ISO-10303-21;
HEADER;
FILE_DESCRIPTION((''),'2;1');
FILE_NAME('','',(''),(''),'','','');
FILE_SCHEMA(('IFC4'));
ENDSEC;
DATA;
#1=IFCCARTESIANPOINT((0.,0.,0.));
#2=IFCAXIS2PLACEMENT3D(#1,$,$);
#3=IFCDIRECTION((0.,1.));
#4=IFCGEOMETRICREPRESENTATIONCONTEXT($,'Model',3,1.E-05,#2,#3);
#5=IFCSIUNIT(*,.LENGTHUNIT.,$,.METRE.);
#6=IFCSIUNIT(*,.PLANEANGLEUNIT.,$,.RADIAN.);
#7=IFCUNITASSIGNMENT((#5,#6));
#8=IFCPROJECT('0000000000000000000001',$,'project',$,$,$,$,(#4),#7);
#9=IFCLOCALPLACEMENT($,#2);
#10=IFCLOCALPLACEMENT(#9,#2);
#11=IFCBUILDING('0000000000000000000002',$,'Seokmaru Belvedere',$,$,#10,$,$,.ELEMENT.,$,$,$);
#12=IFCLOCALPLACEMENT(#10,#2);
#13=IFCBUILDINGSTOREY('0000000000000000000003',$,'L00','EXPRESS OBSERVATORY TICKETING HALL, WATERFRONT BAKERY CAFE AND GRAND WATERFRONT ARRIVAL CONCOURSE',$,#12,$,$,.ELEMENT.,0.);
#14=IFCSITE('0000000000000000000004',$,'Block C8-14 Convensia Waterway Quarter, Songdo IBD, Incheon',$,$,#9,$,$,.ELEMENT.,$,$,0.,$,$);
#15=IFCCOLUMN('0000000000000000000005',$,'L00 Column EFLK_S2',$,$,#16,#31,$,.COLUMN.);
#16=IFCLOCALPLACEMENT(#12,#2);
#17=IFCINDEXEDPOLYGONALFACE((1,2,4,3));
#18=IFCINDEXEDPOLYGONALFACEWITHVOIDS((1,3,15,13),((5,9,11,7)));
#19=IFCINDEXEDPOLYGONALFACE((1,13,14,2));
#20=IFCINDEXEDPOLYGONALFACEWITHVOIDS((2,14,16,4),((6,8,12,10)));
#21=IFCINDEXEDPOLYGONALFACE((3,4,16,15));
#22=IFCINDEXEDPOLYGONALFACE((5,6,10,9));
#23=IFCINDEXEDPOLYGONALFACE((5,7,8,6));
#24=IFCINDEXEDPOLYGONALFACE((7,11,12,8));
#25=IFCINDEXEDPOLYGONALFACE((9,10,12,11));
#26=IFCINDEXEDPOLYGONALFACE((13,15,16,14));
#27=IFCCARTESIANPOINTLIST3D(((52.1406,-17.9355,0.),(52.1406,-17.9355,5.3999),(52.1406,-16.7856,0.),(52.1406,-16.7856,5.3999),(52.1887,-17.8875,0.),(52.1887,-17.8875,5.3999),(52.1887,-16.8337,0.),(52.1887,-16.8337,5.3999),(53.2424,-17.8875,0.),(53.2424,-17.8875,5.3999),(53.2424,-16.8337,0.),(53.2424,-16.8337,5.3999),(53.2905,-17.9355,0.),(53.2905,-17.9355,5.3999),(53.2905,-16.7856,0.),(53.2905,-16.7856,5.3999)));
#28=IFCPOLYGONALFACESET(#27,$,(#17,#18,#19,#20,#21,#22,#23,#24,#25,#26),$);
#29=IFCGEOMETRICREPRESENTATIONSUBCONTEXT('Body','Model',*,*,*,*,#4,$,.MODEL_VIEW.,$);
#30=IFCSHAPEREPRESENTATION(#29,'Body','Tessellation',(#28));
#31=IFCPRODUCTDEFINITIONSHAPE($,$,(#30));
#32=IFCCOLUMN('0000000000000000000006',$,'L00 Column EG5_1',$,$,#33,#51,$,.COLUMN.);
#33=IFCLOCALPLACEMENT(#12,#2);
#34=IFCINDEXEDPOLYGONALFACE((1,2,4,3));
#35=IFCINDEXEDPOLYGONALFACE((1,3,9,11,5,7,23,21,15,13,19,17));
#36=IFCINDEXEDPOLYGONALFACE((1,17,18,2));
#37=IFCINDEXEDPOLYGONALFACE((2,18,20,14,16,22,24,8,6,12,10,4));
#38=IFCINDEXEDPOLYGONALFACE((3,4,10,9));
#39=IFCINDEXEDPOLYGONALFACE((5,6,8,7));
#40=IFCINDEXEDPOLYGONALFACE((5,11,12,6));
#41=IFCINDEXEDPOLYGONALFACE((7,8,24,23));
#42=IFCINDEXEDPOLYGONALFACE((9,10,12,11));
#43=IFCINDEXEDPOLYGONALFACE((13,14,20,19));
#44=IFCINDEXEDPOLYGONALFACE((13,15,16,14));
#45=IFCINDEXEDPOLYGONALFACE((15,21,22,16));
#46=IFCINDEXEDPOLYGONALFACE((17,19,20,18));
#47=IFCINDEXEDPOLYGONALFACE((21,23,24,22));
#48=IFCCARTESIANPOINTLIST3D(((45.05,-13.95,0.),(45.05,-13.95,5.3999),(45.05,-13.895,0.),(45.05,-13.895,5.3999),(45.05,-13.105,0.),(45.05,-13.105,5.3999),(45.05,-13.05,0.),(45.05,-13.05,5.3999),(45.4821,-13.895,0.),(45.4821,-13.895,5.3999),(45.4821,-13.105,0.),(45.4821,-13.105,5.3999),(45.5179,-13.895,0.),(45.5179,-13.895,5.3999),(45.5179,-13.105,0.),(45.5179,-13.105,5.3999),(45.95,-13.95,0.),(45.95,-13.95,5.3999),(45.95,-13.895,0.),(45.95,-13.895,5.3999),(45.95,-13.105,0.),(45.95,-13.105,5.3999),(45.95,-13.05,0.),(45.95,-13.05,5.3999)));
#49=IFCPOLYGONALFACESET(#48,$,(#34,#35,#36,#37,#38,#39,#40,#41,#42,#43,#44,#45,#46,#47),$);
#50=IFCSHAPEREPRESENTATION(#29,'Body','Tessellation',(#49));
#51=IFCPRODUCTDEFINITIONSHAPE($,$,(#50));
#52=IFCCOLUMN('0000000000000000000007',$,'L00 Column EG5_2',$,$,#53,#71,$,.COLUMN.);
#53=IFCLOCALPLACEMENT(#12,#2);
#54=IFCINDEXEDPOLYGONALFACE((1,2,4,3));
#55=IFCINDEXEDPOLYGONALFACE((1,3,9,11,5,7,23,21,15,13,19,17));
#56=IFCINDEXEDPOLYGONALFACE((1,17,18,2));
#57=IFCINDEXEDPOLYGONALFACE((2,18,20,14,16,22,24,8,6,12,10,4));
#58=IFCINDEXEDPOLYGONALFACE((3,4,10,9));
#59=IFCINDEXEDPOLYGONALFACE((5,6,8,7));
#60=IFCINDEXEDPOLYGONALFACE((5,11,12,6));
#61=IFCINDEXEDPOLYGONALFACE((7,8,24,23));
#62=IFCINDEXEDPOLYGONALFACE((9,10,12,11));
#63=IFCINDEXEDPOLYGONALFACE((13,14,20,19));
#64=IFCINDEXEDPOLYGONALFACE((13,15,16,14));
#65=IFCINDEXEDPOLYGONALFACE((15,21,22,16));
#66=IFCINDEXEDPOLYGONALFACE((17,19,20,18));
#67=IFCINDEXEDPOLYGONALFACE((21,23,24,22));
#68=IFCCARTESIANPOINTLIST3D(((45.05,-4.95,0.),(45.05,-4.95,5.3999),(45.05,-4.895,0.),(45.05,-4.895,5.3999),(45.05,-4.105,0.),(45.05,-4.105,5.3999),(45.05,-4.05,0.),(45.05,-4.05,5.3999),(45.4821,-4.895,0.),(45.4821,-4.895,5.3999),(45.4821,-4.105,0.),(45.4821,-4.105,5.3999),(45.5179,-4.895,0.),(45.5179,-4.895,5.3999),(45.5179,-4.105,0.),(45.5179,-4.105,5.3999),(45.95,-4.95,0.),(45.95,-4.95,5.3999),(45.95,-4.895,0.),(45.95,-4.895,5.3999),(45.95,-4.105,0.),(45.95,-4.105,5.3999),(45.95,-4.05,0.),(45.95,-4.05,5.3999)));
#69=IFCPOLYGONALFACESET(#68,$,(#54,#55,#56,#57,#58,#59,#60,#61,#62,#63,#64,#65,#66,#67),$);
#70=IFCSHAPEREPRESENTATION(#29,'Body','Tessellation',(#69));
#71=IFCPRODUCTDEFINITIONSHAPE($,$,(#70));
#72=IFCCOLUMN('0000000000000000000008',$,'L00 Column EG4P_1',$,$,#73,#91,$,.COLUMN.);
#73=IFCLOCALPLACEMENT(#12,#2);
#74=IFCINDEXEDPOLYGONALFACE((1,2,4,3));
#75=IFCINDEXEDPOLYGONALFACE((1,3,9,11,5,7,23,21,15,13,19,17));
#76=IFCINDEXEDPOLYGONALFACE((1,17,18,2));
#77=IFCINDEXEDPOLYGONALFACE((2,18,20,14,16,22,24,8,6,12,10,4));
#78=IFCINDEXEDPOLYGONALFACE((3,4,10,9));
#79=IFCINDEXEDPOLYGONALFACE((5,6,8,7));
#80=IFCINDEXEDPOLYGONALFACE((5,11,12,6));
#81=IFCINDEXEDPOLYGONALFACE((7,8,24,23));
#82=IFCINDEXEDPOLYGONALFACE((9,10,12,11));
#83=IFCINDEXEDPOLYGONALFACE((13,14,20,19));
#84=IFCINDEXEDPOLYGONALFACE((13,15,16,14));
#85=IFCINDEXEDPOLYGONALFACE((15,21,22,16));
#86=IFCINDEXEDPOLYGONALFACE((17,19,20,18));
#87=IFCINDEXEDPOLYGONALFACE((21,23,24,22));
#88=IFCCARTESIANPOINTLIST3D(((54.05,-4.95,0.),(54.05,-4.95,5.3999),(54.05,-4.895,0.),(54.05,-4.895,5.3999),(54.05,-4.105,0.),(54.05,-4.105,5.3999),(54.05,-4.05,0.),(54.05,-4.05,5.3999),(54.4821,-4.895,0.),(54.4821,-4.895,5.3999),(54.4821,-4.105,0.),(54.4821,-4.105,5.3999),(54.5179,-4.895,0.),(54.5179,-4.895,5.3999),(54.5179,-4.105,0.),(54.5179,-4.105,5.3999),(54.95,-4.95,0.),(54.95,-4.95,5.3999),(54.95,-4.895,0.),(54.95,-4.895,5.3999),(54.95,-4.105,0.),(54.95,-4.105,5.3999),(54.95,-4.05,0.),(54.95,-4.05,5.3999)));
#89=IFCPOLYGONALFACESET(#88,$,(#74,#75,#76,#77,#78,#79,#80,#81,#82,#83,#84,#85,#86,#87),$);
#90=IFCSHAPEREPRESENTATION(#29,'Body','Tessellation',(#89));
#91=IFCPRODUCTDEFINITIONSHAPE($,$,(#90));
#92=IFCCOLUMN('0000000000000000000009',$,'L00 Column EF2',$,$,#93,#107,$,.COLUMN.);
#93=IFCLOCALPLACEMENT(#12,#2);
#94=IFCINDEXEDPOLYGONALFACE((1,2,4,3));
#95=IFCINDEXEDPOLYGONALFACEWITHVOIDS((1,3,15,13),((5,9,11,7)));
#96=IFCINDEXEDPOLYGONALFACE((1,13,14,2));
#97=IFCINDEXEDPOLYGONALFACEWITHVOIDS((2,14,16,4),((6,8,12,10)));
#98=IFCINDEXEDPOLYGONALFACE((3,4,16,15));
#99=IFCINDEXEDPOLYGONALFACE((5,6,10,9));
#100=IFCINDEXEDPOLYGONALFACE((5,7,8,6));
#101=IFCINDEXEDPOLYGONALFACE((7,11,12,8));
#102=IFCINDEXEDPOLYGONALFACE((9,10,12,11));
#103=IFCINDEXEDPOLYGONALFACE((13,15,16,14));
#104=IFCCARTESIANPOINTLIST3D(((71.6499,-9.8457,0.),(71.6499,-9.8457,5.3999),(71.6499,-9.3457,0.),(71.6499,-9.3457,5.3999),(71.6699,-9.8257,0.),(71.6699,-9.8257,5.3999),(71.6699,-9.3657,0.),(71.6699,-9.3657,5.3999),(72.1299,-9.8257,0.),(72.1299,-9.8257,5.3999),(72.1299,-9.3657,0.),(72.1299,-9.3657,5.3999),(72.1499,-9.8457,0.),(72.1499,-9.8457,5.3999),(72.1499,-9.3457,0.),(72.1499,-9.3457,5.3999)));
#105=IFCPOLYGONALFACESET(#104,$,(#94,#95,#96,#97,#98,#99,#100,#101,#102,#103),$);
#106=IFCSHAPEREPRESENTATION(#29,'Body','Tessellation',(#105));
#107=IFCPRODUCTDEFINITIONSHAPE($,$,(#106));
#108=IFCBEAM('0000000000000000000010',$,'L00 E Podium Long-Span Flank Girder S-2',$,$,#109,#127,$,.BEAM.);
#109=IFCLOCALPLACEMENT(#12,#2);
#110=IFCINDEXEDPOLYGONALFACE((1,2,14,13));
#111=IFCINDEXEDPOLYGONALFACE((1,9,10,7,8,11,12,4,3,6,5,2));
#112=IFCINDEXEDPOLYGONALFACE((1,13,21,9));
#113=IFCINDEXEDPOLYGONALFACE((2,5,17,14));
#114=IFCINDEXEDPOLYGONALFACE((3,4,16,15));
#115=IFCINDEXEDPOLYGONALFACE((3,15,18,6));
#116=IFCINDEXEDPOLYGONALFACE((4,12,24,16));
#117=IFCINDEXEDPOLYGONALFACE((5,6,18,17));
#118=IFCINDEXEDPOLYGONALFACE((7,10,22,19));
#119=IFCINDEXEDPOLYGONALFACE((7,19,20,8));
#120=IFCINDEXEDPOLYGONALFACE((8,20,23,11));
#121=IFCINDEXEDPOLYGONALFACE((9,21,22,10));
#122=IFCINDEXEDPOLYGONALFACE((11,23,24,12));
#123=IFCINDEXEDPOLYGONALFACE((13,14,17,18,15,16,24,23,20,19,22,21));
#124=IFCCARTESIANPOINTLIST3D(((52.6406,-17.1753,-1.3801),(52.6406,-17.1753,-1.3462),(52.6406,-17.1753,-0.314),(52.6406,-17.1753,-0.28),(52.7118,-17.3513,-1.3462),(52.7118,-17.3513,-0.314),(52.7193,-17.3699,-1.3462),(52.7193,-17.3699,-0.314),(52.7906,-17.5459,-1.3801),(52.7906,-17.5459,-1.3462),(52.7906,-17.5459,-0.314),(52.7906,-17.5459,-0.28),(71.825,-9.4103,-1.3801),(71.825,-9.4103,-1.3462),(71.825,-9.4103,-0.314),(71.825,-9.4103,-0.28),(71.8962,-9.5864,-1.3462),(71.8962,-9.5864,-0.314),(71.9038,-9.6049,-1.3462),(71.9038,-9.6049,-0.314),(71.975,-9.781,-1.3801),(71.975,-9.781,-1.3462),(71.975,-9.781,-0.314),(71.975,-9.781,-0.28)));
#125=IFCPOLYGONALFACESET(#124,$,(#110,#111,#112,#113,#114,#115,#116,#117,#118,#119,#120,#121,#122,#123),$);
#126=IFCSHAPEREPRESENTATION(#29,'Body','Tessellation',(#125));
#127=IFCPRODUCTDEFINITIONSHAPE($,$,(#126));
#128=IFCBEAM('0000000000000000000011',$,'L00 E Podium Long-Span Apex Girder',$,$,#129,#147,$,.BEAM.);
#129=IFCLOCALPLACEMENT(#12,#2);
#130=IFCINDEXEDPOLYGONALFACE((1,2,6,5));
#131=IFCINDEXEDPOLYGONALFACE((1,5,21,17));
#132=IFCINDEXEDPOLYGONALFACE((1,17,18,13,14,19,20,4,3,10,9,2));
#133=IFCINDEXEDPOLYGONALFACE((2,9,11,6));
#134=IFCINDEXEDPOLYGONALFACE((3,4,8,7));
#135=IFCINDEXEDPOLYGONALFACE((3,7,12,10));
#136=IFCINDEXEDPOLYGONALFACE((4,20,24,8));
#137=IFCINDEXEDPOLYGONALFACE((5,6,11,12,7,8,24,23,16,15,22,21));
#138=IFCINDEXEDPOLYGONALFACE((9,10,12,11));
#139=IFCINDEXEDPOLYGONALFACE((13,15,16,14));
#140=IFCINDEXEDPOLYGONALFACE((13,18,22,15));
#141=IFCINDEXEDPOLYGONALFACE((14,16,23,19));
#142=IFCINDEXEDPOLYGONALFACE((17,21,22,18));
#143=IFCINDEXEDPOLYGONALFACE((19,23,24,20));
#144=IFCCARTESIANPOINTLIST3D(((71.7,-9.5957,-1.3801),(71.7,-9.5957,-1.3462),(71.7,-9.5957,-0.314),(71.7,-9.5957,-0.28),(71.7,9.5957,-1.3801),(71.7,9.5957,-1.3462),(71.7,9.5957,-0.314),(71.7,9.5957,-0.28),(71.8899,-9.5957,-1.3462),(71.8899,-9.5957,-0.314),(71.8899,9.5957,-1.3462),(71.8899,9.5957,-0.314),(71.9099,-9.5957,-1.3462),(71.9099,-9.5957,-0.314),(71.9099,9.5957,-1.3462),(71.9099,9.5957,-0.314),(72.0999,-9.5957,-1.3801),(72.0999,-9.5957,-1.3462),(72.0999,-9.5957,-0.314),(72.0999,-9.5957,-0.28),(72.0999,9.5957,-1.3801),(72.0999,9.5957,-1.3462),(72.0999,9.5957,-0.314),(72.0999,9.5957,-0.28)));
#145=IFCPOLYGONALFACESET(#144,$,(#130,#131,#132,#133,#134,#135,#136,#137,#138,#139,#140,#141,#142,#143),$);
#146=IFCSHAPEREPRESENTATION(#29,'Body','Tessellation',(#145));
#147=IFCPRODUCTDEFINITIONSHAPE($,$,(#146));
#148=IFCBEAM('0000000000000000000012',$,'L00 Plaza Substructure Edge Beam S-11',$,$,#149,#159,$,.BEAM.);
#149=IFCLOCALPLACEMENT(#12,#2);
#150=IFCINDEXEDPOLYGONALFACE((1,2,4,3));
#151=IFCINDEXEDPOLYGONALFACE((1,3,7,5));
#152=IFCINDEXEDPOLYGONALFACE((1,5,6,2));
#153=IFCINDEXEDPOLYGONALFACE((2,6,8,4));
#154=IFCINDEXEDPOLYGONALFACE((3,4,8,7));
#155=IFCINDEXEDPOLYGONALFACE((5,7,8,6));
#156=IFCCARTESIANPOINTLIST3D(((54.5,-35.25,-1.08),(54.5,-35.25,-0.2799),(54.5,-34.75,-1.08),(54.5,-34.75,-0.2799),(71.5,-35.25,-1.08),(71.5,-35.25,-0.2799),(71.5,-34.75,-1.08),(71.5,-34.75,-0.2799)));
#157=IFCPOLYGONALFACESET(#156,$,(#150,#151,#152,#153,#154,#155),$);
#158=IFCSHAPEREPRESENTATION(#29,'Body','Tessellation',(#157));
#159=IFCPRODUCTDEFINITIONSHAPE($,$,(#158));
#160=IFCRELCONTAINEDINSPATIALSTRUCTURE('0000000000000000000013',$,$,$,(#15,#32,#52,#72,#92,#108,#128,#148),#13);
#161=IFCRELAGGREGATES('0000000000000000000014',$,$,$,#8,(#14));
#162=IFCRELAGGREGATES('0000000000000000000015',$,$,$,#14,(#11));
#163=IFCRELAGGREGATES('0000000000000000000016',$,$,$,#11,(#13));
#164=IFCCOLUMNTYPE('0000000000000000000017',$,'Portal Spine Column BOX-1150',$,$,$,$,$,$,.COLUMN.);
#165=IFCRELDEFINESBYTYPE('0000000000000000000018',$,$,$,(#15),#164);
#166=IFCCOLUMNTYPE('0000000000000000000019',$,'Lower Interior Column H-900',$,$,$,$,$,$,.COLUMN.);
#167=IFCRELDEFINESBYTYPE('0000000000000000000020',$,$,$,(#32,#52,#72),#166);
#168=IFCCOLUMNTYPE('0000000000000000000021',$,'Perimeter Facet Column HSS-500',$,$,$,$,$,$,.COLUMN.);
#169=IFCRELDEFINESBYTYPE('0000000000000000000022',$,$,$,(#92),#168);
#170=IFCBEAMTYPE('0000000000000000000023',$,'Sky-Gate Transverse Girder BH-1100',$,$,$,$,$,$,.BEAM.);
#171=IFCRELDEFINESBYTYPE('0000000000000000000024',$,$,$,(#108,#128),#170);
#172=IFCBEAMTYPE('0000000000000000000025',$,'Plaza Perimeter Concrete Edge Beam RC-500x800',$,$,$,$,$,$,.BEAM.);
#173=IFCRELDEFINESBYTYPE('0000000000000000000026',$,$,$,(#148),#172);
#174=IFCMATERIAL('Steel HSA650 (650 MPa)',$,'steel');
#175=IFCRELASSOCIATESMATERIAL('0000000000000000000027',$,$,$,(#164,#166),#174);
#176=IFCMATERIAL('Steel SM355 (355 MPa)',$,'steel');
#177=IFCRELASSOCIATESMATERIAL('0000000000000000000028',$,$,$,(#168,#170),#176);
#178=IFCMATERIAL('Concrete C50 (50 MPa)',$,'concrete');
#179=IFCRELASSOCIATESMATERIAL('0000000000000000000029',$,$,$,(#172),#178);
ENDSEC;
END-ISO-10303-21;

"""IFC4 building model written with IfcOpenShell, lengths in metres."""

from ifc_helpers import new_model, si_unit, direction, frame, origin, origin_2d, place, context, subcontext, project, spatial, rectangle, hollow_rectangle, i_section, extrude, source, transform, mapped, material, material_profile, profile_set, type_object, type_shapes, element, save


model = new_model("IFC4")

# Units and contexts
model_context = context("Model", 3, precision=1e-05, world=origin(), true_north=direction((0.0, 1.0)))
body_context = subcontext(model_context, "Body", "Model", "MODEL_VIEW")
ifc_project = project(units=[si_unit("LENGTHUNIT", "METRE"), si_unit("PLANEANGLEUNIT", "RADIAN")], contexts=[model_context])

# Site, building, storey
site_placement = place(None, origin())
site = spatial("IfcSite", under=ifc_project, at=site_placement, Name="Block C8-14 Convensia Waterway Quarter, Songdo IBD, Incheon", CompositionType="ELEMENT", RefElevation=0.0)
building_placement = place(site_placement, origin())
building = spatial("IfcBuilding", under=site, at=building_placement, Name="Seokmaru Belvedere", CompositionType="ELEMENT")
storey_placement = place(building_placement, origin())
storey = spatial("IfcBuildingStorey", under=building, at=storey_placement, Name="L00", Description="EXPRESS OBSERVATORY TICKETING HALL, WATERFRONT BAKERY CAFE AND GRAND WATERFRONT ARRIVAL CONCOURSE", CompositionType="ELEMENT", Elevation=0.0)

# Columns
ifc_material_1 = material(Name="Steel HSA650 (650 MPa)", Category="steel")
ifc_material_profile_1 = material_profile(ifc_material_1, hollow_rectangle(XDim=1.1499, YDim=1.1499, WallThickness=0.0481, at=origin_2d()), Name="BOX-1150x1150x48")
ifc_profile_set_1 = profile_set([ifc_material_profile_1], Name="Steel HSA650 (650 MPa)")
column_type_1 = type_object("IfcColumnType", Name="Portal Spine Column BOX-1150", PredefinedType="COLUMN", material=ifc_profile_set_1)
shared_shape_1 = source(origin(), body_context, "Body", "SweptSolid", [
    extrude(hollow_rectangle(XDim=1.1499, YDim=1.1499, WallThickness=0.0481, at=origin_2d()), origin(), (0.0, 0.0, 1.0), 5.3999),
])
type_shapes(column_type_1, [shared_shape_1])
column_1_placement = place(storey_placement, frame((52.7156, -17.3606, 0.0), z_axis=(0.0, 0.0, 1.0), x_axis=(1.0, 0.0, 0.0)))
element("IfcColumn", 1, at=column_1_placement, inside=storey, type_object=column_type_1, Name="L00 Column EFLK_S2", PredefinedType="COLUMN", context=body_context, shape_type="MappedRepresentation", body=[
    mapped(shared_shape_1, transform((0.0, 0.0, 0.0), scale=1.0)),
])
ifc_material_profile_2 = material_profile(ifc_material_1, i_section(OverallWidth=0.8999, OverallDepth=0.8999, WebThickness=0.0359, FlangeThickness=0.0549, at=origin_2d()), Name="H-900x900x36x55")
ifc_profile_set_2 = profile_set([ifc_material_profile_2], Name="Steel HSA650 (650 MPa)")
column_type_2 = type_object("IfcColumnType", Name="Lower Interior Column H-900", PredefinedType="COLUMN", material=ifc_profile_set_2)
shared_shape_2 = source(origin(), body_context, "Body", "SweptSolid", [
    extrude(i_section(OverallWidth=0.8999, OverallDepth=0.8999, WebThickness=0.0359, FlangeThickness=0.0549, at=origin_2d()), origin(), (0.0, 0.0, 1.0), 5.3999),
])
type_shapes(column_type_2, [shared_shape_2])
for number, where, z_axis, x_axis, name in (
    (2, (45.5, -13.5, 0.0), (0.0, 0.0, 1.0), (1.0, 0.0, 0.0), "L00 Column EG5_1"),
    (3, (45.5, -4.5, 0.0), (0.0, 0.0, 1.0), (1.0, 0.0, 0.0), "L00 Column EG5_2"),
    (4, (54.5, -4.5, 0.0), (0.0, 0.0, 1.0), (1.0, 0.0, 0.0), "L00 Column EG4P_1"),
):
    element("IfcColumn", number, at=place(storey_placement, frame(where, z_axis=z_axis, x_axis=x_axis)), inside=storey, type_object=column_type_2, Name=name, PredefinedType="COLUMN", context=body_context, shape_type="MappedRepresentation", body=[
        mapped(shared_shape_2, transform((0.0, 0.0, 0.0), scale=1.0)),
    ])
ifc_material_2 = material(Name="Steel SM355 (355 MPa)", Category="steel")
ifc_material_profile_3 = material_profile(ifc_material_2, hollow_rectangle(XDim=0.5, YDim=0.5, WallThickness=0.02, at=origin_2d()), Name="HSS-500x500x20")
ifc_profile_set_3 = profile_set([ifc_material_profile_3], Name="Steel SM355 (355 MPa)")
column_type_3 = type_object("IfcColumnType", Name="Perimeter Facet Column HSS-500", PredefinedType="COLUMN", material=ifc_profile_set_3)
shared_shape_3 = source(origin(), body_context, "Body", "SweptSolid", [
    extrude(hollow_rectangle(XDim=0.5, YDim=0.5, WallThickness=0.02, at=origin_2d()), origin(), (0.0, 0.0, 1.0), 5.3999),
])
type_shapes(column_type_3, [shared_shape_3])
column_2_placement = place(storey_placement, frame((71.8999, -9.5957, 0.0), z_axis=(0.0, 0.0, 1.0), x_axis=(1.0, 0.0, 0.0)))
element("IfcColumn", 5, at=column_2_placement, inside=storey, type_object=column_type_3, Name="L00 Column EF2", PredefinedType="COLUMN", context=body_context, shape_type="MappedRepresentation", body=[
    mapped(shared_shape_3, transform((0.0, 0.0, 0.0), scale=1.0)),
])

# Beams
ifc_material_profile_4 = material_profile(ifc_material_2, i_section(OverallWidth=0.3999, OverallDepth=1.1001, WebThickness=0.02, FlangeThickness=0.0339, at=origin_2d()), Name="BH-1100x400x20x34")
ifc_profile_set_4 = profile_set([ifc_material_profile_4], Name="Steel SM355 (355 MPa)")
beam_type_1 = type_object("IfcBeamType", Name="Sky-Gate Transverse Girder BH-1100", PredefinedType="BEAM", material=ifc_profile_set_4)
shared_shape_4 = source(origin(), body_context, "Body", "SweptSolid", [
    extrude(i_section(OverallWidth=0.3999, OverallDepth=1.1001, WebThickness=0.02, FlangeThickness=0.0339, at=origin_2d()), origin(), (0.0, 0.0, 1.0), 20.6963),
])
beam_1_placement = place(storey_placement, frame((52.7156, -17.3606, -0.8301), z_axis=(0.92695, 0.375185, 0.0), x_axis=(-0.375185, 0.92695, 0.0)))
element("IfcBeam", 6, at=beam_1_placement, inside=storey, type_object=beam_type_1, Name="L00 E Podium Long-Span Flank Girder S-2", PredefinedType="BEAM", context=body_context, shape_type="MappedRepresentation", body=[
    mapped(shared_shape_4, transform((0.0, 0.0, 0.0), scale=1.0)),
])
shared_shape_5 = source(origin(), body_context, "Body", "SweptSolid", [
    extrude(i_section(OverallWidth=0.3999, OverallDepth=1.1001, WebThickness=0.02, FlangeThickness=0.0339, at=origin_2d()), origin(), (0.0, 0.0, 1.0), 19.1914),
])
beam_2_placement = place(storey_placement, frame((71.8999, -9.5957, -0.8301), z_axis=(0.0, 1.0, 0.0), x_axis=(-1.0, 0.0, 0.0)))
element("IfcBeam", 7, at=beam_2_placement, inside=storey, type_object=beam_type_1, Name="L00 E Podium Long-Span Apex Girder", PredefinedType="BEAM", context=body_context, shape_type="MappedRepresentation", body=[
    mapped(shared_shape_5, transform((0.0, 0.0, 0.0), scale=1.0)),
])
ifc_material_3 = material(Name="Concrete C50 (50 MPa)", Category="concrete")
ifc_material_profile_5 = material_profile(ifc_material_3, rectangle(XDim=0.5, YDim=0.8, at=origin_2d()), Name="RC-500x800")
ifc_profile_set_5 = profile_set([ifc_material_profile_5], Name="Concrete C50 (50 MPa)")
beam_type_2 = type_object("IfcBeamType", Name="Plaza Perimeter Concrete Edge Beam RC-500x800", PredefinedType="BEAM", material=ifc_profile_set_5)
shared_shape_6 = source(origin(), body_context, "Body", "SweptSolid", [
    extrude(rectangle(XDim=0.5, YDim=0.8, at=origin_2d()), origin(), (0.0, 0.0, 1.0), 17.0),
])
beam_3_placement = place(storey_placement, frame((54.5, -35.0, -0.6799), z_axis=(1.0, 0.0, 0.0), x_axis=(0.0, 1.0, 0.0)))
element("IfcBeam", 8, at=beam_3_placement, inside=storey, type_object=beam_type_2, Name="L00 Plaza Substructure Edge Beam S-11", PredefinedType="BEAM", context=body_context, shape_type="MappedRepresentation", body=[
    mapped(shared_shape_6, transform((0.0, 0.0, 0.0), scale=1.0)),
])

save(model, "model.ifc")
